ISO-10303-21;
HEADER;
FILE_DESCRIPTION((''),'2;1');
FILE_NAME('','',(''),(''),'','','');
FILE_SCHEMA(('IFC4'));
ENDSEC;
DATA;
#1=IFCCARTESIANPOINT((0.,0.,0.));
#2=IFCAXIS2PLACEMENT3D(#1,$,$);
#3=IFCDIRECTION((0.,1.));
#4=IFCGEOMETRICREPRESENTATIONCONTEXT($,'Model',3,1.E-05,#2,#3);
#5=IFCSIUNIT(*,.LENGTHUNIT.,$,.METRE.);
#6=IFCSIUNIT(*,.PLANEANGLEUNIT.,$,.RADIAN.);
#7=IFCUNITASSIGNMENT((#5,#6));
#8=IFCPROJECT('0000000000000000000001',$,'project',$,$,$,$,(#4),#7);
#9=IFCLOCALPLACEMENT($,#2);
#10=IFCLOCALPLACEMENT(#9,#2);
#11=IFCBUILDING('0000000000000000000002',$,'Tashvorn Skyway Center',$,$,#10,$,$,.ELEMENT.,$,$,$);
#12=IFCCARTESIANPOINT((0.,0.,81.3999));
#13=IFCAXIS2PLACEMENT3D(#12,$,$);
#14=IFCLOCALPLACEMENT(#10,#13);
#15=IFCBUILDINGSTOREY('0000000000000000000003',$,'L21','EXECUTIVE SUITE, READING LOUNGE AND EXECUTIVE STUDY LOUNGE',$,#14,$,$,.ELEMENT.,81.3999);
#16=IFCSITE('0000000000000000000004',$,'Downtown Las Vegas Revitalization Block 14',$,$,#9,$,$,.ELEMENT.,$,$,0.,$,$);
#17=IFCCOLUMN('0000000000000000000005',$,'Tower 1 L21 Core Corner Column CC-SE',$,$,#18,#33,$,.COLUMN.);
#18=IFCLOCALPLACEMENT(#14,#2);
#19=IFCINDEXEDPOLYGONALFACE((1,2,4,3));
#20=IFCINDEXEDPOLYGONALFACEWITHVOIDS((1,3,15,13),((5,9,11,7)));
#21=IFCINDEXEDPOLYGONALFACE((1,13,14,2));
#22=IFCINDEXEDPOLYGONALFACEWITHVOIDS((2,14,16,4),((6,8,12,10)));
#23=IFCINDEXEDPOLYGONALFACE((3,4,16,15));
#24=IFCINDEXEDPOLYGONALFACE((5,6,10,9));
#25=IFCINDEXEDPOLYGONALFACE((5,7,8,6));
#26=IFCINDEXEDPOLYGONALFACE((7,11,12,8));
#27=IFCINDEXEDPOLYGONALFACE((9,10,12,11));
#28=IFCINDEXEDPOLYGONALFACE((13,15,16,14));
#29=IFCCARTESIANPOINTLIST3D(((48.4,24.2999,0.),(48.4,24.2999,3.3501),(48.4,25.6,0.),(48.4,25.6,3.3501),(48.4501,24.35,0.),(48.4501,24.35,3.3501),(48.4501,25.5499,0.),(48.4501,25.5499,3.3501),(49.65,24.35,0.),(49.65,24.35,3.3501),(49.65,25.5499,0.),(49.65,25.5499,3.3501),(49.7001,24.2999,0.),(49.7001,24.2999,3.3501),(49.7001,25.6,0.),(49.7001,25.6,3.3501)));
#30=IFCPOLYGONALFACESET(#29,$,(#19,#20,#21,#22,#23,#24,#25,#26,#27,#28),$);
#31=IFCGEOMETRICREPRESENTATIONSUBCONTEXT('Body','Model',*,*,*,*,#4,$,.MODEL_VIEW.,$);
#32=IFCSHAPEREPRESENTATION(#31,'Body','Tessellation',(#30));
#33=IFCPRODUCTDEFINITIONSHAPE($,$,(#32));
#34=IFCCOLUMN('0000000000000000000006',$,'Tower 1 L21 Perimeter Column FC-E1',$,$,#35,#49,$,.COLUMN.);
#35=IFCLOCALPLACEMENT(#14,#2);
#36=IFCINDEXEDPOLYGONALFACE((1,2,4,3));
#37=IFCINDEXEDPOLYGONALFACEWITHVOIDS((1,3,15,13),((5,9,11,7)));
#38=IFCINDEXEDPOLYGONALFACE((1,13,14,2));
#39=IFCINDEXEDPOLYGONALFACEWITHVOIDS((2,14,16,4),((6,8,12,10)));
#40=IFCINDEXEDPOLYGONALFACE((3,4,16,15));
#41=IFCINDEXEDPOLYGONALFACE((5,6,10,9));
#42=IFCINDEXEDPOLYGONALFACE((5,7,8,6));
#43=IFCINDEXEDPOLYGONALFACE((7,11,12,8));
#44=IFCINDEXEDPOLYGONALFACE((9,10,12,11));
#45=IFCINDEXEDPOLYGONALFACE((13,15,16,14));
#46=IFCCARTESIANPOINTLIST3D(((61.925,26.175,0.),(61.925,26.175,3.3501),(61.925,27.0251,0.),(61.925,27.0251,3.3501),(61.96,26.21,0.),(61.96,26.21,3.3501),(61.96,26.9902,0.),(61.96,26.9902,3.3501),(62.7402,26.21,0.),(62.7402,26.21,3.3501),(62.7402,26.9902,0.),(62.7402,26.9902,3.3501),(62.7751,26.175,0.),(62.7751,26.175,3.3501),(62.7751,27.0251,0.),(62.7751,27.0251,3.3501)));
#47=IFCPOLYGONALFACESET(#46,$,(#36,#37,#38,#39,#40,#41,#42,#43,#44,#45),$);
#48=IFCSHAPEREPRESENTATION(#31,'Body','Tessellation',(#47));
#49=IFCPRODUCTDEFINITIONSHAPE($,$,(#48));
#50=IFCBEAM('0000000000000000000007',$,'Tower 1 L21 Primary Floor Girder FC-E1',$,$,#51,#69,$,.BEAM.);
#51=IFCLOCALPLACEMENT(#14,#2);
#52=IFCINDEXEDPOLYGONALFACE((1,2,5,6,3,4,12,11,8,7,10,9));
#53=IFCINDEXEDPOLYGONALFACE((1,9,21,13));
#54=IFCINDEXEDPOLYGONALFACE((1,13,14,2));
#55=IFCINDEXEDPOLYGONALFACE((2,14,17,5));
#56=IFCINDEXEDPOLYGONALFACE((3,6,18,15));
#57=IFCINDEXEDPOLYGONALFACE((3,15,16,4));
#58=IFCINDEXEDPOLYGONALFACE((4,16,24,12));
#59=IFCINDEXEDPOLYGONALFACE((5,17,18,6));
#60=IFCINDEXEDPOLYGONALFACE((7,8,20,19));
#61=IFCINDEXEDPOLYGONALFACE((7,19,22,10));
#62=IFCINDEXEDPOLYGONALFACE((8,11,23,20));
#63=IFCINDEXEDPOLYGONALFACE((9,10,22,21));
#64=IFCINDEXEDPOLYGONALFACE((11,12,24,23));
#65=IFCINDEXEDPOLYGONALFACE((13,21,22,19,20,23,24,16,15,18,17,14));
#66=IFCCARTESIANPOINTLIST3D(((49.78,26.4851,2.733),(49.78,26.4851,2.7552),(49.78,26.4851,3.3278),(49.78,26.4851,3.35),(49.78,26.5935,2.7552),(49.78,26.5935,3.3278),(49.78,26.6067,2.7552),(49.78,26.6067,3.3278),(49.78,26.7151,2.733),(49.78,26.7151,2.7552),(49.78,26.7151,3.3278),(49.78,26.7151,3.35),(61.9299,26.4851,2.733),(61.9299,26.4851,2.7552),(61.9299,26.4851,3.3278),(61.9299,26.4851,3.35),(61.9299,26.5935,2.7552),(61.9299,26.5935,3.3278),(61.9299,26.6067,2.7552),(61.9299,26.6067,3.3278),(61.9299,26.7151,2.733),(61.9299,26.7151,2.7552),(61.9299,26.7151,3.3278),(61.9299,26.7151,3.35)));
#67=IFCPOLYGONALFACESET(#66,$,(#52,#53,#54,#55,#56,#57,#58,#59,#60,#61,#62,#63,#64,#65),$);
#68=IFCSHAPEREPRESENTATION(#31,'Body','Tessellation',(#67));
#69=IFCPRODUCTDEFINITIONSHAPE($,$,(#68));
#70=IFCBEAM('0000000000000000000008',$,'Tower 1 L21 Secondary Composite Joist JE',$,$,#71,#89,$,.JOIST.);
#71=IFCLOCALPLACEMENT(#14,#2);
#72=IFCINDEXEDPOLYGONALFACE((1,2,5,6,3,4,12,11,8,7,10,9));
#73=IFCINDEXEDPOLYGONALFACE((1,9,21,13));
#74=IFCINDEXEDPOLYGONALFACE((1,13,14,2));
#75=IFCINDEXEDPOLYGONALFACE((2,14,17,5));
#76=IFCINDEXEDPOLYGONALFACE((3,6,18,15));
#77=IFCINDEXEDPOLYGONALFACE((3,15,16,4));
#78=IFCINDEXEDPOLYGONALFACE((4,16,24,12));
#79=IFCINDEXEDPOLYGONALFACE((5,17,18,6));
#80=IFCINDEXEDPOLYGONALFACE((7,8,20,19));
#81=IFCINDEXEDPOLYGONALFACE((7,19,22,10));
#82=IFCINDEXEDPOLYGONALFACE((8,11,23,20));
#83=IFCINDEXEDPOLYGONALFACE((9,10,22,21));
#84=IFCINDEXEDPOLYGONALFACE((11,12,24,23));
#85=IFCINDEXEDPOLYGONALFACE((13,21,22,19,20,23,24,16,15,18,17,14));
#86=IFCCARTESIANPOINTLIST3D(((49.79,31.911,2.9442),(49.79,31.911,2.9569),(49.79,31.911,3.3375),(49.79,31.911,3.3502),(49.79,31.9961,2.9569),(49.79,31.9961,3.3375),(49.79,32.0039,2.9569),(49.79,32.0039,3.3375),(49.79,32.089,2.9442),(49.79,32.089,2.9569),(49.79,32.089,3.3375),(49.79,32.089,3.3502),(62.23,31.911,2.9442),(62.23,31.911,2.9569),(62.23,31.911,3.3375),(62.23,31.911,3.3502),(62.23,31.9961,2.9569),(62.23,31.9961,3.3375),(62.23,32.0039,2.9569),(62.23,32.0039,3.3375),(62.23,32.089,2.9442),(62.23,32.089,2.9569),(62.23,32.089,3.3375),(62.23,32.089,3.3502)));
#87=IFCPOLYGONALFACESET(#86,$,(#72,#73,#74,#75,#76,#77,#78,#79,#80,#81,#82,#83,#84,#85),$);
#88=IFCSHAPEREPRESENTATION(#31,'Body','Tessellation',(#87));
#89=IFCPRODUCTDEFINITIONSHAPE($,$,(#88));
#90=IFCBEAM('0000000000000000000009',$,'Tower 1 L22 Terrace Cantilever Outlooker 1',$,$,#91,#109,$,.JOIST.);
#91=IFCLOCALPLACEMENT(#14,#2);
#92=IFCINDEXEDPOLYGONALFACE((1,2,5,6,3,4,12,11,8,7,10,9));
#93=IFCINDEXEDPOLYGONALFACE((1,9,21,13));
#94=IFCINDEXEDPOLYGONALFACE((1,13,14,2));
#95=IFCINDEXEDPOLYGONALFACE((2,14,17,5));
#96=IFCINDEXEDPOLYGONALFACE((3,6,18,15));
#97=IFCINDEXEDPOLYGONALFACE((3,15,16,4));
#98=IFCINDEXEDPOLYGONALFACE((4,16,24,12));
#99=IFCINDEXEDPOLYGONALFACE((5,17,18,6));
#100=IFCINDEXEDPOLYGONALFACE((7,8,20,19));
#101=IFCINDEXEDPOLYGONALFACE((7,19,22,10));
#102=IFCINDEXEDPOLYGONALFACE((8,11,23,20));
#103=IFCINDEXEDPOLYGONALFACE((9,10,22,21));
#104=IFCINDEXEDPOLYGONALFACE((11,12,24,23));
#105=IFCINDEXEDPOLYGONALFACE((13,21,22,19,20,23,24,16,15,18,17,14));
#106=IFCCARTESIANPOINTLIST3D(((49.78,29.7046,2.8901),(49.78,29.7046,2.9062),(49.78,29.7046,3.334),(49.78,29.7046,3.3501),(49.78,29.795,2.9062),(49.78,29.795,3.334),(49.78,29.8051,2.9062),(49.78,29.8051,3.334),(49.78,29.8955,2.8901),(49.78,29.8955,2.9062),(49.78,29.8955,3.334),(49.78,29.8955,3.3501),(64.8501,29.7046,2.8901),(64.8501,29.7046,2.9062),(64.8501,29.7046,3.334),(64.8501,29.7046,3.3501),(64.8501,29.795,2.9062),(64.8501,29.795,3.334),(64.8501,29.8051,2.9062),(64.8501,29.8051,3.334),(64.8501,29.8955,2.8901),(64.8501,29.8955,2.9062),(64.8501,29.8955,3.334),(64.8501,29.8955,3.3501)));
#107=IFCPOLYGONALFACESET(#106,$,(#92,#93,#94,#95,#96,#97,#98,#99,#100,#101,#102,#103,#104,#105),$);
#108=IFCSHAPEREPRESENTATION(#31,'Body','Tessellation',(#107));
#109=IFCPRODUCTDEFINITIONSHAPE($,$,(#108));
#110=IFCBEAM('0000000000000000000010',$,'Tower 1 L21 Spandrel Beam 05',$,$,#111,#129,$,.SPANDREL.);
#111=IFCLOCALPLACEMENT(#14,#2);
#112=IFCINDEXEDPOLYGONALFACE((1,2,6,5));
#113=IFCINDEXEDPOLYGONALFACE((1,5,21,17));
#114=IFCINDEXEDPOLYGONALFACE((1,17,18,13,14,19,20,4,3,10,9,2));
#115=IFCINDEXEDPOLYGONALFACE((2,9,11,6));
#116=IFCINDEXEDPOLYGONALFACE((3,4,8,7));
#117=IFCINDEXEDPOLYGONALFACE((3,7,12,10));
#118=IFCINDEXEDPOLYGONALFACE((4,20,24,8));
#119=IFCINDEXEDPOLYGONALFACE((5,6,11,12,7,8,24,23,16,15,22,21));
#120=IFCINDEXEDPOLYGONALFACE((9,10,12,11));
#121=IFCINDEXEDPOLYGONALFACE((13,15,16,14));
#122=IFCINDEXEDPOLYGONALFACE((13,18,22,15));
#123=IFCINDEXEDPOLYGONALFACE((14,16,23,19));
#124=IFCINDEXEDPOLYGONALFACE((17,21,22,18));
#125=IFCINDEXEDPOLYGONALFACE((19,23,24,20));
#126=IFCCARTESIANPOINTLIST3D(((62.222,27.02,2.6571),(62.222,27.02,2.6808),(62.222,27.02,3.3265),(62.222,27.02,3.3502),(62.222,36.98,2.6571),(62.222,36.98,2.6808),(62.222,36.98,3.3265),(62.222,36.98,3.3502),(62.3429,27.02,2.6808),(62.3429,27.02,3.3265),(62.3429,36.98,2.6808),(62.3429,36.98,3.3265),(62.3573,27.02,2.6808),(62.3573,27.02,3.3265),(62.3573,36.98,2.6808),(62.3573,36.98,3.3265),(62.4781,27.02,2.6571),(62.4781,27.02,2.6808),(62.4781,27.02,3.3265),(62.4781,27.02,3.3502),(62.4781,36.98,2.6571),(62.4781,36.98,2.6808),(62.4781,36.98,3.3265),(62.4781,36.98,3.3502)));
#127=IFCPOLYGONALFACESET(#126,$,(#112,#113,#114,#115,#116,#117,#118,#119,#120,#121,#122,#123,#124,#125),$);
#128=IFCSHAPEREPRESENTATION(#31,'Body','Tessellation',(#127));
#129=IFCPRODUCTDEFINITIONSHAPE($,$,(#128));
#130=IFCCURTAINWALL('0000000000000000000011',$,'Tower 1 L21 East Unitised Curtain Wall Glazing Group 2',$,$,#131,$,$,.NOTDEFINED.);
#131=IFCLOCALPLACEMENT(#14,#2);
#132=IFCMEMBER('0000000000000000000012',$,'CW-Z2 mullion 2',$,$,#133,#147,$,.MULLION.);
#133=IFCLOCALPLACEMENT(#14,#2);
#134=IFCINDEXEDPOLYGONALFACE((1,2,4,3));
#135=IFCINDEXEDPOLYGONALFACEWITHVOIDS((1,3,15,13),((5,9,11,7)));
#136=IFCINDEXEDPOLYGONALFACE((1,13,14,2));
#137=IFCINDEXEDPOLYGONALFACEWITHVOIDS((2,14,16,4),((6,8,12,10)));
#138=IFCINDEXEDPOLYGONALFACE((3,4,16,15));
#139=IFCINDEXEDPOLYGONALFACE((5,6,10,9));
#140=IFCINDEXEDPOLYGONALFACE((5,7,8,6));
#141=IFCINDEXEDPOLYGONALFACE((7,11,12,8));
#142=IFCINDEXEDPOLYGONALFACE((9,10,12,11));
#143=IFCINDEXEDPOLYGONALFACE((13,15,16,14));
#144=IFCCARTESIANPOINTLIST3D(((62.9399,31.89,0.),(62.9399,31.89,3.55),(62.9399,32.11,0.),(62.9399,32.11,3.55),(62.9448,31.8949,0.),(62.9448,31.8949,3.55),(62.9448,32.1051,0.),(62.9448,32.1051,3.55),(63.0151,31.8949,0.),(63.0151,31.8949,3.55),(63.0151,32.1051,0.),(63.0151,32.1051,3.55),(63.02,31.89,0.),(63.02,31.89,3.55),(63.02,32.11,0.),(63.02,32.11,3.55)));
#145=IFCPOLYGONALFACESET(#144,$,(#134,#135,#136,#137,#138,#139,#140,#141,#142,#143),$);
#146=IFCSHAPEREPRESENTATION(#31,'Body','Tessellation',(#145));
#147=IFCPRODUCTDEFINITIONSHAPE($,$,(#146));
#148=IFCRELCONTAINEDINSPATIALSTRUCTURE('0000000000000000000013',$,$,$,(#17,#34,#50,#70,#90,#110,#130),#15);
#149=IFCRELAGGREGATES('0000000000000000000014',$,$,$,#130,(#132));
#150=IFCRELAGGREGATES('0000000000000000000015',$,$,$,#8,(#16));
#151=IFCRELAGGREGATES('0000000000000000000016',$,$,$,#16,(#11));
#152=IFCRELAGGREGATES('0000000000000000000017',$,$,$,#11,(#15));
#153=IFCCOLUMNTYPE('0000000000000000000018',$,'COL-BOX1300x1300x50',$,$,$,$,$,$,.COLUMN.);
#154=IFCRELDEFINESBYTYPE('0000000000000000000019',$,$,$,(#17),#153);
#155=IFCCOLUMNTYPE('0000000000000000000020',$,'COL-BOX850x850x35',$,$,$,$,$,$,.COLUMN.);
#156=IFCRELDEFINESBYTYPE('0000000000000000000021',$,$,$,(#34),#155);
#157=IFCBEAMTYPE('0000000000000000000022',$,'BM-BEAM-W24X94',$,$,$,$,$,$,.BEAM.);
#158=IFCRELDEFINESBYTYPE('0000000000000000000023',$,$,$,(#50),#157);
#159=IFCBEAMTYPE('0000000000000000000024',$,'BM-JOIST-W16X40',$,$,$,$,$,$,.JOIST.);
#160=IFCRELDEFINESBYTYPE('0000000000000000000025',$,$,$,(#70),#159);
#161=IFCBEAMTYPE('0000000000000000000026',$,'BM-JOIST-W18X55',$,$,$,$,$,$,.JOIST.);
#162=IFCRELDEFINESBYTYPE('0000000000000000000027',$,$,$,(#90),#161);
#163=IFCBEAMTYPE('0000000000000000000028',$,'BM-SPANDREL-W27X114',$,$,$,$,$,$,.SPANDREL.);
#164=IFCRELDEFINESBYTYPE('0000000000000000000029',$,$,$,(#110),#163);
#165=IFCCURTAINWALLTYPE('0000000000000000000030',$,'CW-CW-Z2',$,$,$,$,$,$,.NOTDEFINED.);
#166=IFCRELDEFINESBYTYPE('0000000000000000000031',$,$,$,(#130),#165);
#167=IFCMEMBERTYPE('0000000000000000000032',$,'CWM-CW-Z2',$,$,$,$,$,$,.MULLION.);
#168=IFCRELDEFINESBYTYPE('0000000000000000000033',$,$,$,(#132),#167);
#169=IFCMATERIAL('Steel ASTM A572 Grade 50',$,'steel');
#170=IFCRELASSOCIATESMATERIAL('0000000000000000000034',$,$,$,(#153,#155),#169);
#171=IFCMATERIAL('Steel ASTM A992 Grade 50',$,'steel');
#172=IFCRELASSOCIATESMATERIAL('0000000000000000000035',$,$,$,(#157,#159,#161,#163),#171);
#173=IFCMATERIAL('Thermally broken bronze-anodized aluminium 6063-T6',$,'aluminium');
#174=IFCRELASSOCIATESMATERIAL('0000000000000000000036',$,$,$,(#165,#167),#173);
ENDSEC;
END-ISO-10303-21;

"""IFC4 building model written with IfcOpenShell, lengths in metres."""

from ifc_helpers import new_model, si_unit, direction, frame, origin, origin_2d, place, context, subcontext, project, spatial, hollow_rectangle, i_section, extrude, material, material_profile, profile_set, type_object, element, aggregate, save


model = new_model("IFC4")

# Units and contexts
model_context = context("Model", 3, precision=1e-05, world=origin(), true_north=direction((0.0, 1.0)))
body_context = subcontext(model_context, "Body", "Model", "MODEL_VIEW")
ifc_project = project(units=[si_unit("LENGTHUNIT", "METRE"), si_unit("PLANEANGLEUNIT", "RADIAN")], contexts=[model_context])

# Site, building, storey
site_placement = place(None, origin())
site = spatial("IfcSite", under=ifc_project, at=site_placement, Name="Downtown Las Vegas Revitalization Block 14", CompositionType="ELEMENT", RefElevation=0.0)
building_placement = place(site_placement, origin())
building = spatial("IfcBuilding", under=site, at=building_placement, Name="Tashvorn Skyway Center", CompositionType="ELEMENT")
storey_placement = place(building_placement, frame((0.0, 0.0, 81.3999)))
storey = spatial("IfcBuildingStorey", under=building, at=storey_placement, Name="L21", Description="EXECUTIVE SUITE, READING LOUNGE AND EXECUTIVE STUDY LOUNGE", CompositionType="ELEMENT", Elevation=81.3999)

# Columns
ifc_material_1 = material(Name="Steel ASTM A572 Grade 50", Category="steel")
ifc_material_profile_1 = material_profile(ifc_material_1, hollow_rectangle(XDim=1.3, YDim=1.3, WallThickness=0.05, at=origin_2d()), Name="BOX1300x1300x50")
ifc_profile_set_1 = profile_set([ifc_material_profile_1], Name="Steel ASTM A572 Grade 50")
column_type_1 = type_object("IfcColumnType", Name="COL-BOX1300x1300x50", PredefinedType="COLUMN", material=ifc_profile_set_1)
column_1_placement = place(storey_placement, frame((49.05, 24.95, 0.0), z_axis=(0.0, 0.0, 1.0), x_axis=(1.0, 0.0, 0.0)))
element("IfcColumn", 1, at=column_1_placement, inside=storey, type_object=column_type_1, Name="Tower 1 L21 Core Corner Column CC-SE", PredefinedType="COLUMN", context=body_context, shape_type="SweptSolid", body=[
    extrude(hollow_rectangle(XDim=1.3, YDim=1.3, WallThickness=0.05, at=origin_2d()), origin(), (0.0, 0.0, 1.0), 3.3501),
])
ifc_material_profile_2 = material_profile(ifc_material_1, hollow_rectangle(XDim=0.8501, YDim=0.8501, WallThickness=0.0349, at=origin_2d()), Name="BOX850x850x35")
ifc_profile_set_2 = profile_set([ifc_material_profile_2], Name="Steel ASTM A572 Grade 50")
column_type_2 = type_object("IfcColumnType", Name="COL-BOX850x850x35", PredefinedType="COLUMN", material=ifc_profile_set_2)
column_2_placement = place(storey_placement, frame((62.3501, 26.6001, 0.0), z_axis=(0.0, 0.0, 1.0), x_axis=(1.0, 0.0, 0.0)))
element("IfcColumn", 2, at=column_2_placement, inside=storey, type_object=column_type_2, Name="Tower 1 L21 Perimeter Column FC-E1", PredefinedType="COLUMN", context=body_context, shape_type="SweptSolid", body=[
    extrude(hollow_rectangle(XDim=0.8501, YDim=0.8501, WallThickness=0.0349, at=origin_2d()), origin(), (0.0, 0.0, 1.0), 3.3501),
])

# Beams
ifc_material_2 = material(Name="Steel ASTM A992 Grade 50", Category="steel")
ifc_material_profile_3 = material_profile(ifc_material_2, i_section(OverallWidth=0.23, OverallDepth=0.6169, WebThickness=0.0132, FlangeThickness=0.0222, at=origin_2d()), Name="W24X94")
ifc_profile_set_3 = profile_set([ifc_material_profile_3], Name="Steel ASTM A992 Grade 50")
beam_type_1 = type_object("IfcBeamType", Name="BM-BEAM-W24X94", PredefinedType="BEAM", material=ifc_profile_set_3)
beam_1_placement = place(storey_placement, frame((61.9299, 26.6001, 3.0415), z_axis=(-1.0, 0.0, 0.0), x_axis=(0.0, -1.0, 0.0)))
element("IfcBeam", 3, at=beam_1_placement, inside=storey, type_object=beam_type_1, Name="Tower 1 L21 Primary Floor Girder FC-E1", PredefinedType="BEAM", context=body_context, shape_type="SweptSolid", body=[
    extrude(i_section(OverallWidth=0.23, OverallDepth=0.6169, WebThickness=0.0132, FlangeThickness=0.0222, at=origin_2d()), origin(), (0.0, 0.0, 1.0), 12.1499),
])
ifc_material_profile_4 = material_profile(ifc_material_2, i_section(OverallWidth=0.178, OverallDepth=0.406, WebThickness=0.0078, FlangeThickness=0.0127, at=origin_2d()), Name="W16X40")
ifc_profile_set_4 = profile_set([ifc_material_profile_4], Name="Steel ASTM A992 Grade 50")
beam_type_2 = type_object("IfcBeamType", Name="BM-JOIST-W16X40", PredefinedType="JOIST", material=ifc_profile_set_4)
beam_2_placement = place(storey_placement, frame((49.79, 32.0, 3.1472), z_axis=(1.0, 0.0, 0.0), x_axis=(0.0, 1.0, 0.0)))
element("IfcBeam", 4, at=beam_2_placement, inside=storey, type_object=beam_type_2, Name="Tower 1 L21 Secondary Composite Joist JE", PredefinedType="JOIST", context=body_context, shape_type="SweptSolid", body=[
    extrude(i_section(OverallWidth=0.178, OverallDepth=0.406, WebThickness=0.0078, FlangeThickness=0.0127, at=origin_2d()), origin(), (0.0, 0.0, 1.0), 12.4399),
])
ifc_material_profile_5 = material_profile(ifc_material_2, i_section(OverallWidth=0.1909, OverallDepth=0.46, WebThickness=0.01, FlangeThickness=0.0161, at=origin_2d()), Name="W18X55")
ifc_profile_set_5 = profile_set([ifc_material_profile_5], Name="Steel ASTM A992 Grade 50")
beam_type_3 = type_object("IfcBeamType", Name="BM-JOIST-W18X55", PredefinedType="JOIST", material=ifc_profile_set_5)
beam_3_placement = place(storey_placement, frame((49.78, 29.8, 3.1201), z_axis=(1.0, 0.0, 0.0), x_axis=(0.0, 1.0, 0.0)))
element("IfcBeam", 5, at=beam_3_placement, inside=storey, type_object=beam_type_3, Name="Tower 1 L22 Terrace Cantilever Outlooker 1", PredefinedType="JOIST", context=body_context, shape_type="SweptSolid", body=[
    extrude(i_section(OverallWidth=0.1909, OverallDepth=0.46, WebThickness=0.01, FlangeThickness=0.0161, at=origin_2d()), origin(), (0.0, 0.0, 1.0), 15.0701),
])
ifc_material_profile_6 = material_profile(ifc_material_2, i_section(OverallWidth=0.2561, OverallDepth=0.6931, WebThickness=0.0144, FlangeThickness=0.0237, at=origin_2d()), Name="W27X114")
ifc_profile_set_6 = profile_set([ifc_material_profile_6], Name="Steel ASTM A992 Grade 50")
beam_type_4 = type_object("IfcBeamType", Name="BM-SPANDREL-W27X114", PredefinedType="SPANDREL", material=ifc_profile_set_6)
beam_4_placement = place(storey_placement, frame((62.3501, 27.02, 3.0037), z_axis=(0.0, 1.0, 0.0), x_axis=(-1.0, 0.0, 0.0)))
element("IfcBeam", 6, at=beam_4_placement, inside=storey, type_object=beam_type_4, Name="Tower 1 L21 Spandrel Beam 05", PredefinedType="SPANDREL", context=body_context, shape_type="SweptSolid", body=[
    extrude(i_section(OverallWidth=0.2561, OverallDepth=0.6931, WebThickness=0.0144, FlangeThickness=0.0237, at=origin_2d()), origin(), (0.0, 0.0, 1.0), 9.96),
])

# Curtain wall, member
ifc_material_3 = material(Name="Thermally broken bronze-anodized aluminium 6063-T6", Category="aluminium")
curtain_wall_type = type_object("IfcCurtainWallType", Name="CW-CW-Z2", PredefinedType="NOTDEFINED", material=ifc_material_3)
curtain_wall_placement = place(storey_placement, origin())
curtain_wall = element("IfcCurtainWall", 7, at=curtain_wall_placement, inside=storey, type_object=curtain_wall_type, Name="Tower 1 L21 East Unitised Curtain Wall Glazing Group 2", PredefinedType="NOTDEFINED")
ifc_material_profile_7 = material_profile(ifc_material_3, hollow_rectangle(XDim=0.0801, YDim=0.22, WallThickness=0.0049, at=origin_2d()), Name="ALU-MULL-80x220")
ifc_profile_set_7 = profile_set([ifc_material_profile_7], Name="Thermally broken bronze-anodized aluminium 6063-T6")
member_type = type_object("IfcMemberType", Name="CWM-CW-Z2", PredefinedType="MULLION", material=ifc_profile_set_7)
member_placement = place(storey_placement, frame((62.98, 32.0, 0.0), z_axis=(0.0, 0.0, 1.0), x_axis=(1.0, 0.0, 0.0)))
member = element("IfcMember", 8, at=member_placement, type_object=member_type, Name="CW-Z2 mullion 2", PredefinedType="MULLION", context=body_context, shape_type="SweptSolid", body=[
    extrude(hollow_rectangle(XDim=0.0801, YDim=0.22, WallThickness=0.0049, at=origin_2d()), origin(), (0.0, 0.0, 1.0), 3.55),
])
aggregate(curtain_wall, [member])

save(model, "model.ifc")
